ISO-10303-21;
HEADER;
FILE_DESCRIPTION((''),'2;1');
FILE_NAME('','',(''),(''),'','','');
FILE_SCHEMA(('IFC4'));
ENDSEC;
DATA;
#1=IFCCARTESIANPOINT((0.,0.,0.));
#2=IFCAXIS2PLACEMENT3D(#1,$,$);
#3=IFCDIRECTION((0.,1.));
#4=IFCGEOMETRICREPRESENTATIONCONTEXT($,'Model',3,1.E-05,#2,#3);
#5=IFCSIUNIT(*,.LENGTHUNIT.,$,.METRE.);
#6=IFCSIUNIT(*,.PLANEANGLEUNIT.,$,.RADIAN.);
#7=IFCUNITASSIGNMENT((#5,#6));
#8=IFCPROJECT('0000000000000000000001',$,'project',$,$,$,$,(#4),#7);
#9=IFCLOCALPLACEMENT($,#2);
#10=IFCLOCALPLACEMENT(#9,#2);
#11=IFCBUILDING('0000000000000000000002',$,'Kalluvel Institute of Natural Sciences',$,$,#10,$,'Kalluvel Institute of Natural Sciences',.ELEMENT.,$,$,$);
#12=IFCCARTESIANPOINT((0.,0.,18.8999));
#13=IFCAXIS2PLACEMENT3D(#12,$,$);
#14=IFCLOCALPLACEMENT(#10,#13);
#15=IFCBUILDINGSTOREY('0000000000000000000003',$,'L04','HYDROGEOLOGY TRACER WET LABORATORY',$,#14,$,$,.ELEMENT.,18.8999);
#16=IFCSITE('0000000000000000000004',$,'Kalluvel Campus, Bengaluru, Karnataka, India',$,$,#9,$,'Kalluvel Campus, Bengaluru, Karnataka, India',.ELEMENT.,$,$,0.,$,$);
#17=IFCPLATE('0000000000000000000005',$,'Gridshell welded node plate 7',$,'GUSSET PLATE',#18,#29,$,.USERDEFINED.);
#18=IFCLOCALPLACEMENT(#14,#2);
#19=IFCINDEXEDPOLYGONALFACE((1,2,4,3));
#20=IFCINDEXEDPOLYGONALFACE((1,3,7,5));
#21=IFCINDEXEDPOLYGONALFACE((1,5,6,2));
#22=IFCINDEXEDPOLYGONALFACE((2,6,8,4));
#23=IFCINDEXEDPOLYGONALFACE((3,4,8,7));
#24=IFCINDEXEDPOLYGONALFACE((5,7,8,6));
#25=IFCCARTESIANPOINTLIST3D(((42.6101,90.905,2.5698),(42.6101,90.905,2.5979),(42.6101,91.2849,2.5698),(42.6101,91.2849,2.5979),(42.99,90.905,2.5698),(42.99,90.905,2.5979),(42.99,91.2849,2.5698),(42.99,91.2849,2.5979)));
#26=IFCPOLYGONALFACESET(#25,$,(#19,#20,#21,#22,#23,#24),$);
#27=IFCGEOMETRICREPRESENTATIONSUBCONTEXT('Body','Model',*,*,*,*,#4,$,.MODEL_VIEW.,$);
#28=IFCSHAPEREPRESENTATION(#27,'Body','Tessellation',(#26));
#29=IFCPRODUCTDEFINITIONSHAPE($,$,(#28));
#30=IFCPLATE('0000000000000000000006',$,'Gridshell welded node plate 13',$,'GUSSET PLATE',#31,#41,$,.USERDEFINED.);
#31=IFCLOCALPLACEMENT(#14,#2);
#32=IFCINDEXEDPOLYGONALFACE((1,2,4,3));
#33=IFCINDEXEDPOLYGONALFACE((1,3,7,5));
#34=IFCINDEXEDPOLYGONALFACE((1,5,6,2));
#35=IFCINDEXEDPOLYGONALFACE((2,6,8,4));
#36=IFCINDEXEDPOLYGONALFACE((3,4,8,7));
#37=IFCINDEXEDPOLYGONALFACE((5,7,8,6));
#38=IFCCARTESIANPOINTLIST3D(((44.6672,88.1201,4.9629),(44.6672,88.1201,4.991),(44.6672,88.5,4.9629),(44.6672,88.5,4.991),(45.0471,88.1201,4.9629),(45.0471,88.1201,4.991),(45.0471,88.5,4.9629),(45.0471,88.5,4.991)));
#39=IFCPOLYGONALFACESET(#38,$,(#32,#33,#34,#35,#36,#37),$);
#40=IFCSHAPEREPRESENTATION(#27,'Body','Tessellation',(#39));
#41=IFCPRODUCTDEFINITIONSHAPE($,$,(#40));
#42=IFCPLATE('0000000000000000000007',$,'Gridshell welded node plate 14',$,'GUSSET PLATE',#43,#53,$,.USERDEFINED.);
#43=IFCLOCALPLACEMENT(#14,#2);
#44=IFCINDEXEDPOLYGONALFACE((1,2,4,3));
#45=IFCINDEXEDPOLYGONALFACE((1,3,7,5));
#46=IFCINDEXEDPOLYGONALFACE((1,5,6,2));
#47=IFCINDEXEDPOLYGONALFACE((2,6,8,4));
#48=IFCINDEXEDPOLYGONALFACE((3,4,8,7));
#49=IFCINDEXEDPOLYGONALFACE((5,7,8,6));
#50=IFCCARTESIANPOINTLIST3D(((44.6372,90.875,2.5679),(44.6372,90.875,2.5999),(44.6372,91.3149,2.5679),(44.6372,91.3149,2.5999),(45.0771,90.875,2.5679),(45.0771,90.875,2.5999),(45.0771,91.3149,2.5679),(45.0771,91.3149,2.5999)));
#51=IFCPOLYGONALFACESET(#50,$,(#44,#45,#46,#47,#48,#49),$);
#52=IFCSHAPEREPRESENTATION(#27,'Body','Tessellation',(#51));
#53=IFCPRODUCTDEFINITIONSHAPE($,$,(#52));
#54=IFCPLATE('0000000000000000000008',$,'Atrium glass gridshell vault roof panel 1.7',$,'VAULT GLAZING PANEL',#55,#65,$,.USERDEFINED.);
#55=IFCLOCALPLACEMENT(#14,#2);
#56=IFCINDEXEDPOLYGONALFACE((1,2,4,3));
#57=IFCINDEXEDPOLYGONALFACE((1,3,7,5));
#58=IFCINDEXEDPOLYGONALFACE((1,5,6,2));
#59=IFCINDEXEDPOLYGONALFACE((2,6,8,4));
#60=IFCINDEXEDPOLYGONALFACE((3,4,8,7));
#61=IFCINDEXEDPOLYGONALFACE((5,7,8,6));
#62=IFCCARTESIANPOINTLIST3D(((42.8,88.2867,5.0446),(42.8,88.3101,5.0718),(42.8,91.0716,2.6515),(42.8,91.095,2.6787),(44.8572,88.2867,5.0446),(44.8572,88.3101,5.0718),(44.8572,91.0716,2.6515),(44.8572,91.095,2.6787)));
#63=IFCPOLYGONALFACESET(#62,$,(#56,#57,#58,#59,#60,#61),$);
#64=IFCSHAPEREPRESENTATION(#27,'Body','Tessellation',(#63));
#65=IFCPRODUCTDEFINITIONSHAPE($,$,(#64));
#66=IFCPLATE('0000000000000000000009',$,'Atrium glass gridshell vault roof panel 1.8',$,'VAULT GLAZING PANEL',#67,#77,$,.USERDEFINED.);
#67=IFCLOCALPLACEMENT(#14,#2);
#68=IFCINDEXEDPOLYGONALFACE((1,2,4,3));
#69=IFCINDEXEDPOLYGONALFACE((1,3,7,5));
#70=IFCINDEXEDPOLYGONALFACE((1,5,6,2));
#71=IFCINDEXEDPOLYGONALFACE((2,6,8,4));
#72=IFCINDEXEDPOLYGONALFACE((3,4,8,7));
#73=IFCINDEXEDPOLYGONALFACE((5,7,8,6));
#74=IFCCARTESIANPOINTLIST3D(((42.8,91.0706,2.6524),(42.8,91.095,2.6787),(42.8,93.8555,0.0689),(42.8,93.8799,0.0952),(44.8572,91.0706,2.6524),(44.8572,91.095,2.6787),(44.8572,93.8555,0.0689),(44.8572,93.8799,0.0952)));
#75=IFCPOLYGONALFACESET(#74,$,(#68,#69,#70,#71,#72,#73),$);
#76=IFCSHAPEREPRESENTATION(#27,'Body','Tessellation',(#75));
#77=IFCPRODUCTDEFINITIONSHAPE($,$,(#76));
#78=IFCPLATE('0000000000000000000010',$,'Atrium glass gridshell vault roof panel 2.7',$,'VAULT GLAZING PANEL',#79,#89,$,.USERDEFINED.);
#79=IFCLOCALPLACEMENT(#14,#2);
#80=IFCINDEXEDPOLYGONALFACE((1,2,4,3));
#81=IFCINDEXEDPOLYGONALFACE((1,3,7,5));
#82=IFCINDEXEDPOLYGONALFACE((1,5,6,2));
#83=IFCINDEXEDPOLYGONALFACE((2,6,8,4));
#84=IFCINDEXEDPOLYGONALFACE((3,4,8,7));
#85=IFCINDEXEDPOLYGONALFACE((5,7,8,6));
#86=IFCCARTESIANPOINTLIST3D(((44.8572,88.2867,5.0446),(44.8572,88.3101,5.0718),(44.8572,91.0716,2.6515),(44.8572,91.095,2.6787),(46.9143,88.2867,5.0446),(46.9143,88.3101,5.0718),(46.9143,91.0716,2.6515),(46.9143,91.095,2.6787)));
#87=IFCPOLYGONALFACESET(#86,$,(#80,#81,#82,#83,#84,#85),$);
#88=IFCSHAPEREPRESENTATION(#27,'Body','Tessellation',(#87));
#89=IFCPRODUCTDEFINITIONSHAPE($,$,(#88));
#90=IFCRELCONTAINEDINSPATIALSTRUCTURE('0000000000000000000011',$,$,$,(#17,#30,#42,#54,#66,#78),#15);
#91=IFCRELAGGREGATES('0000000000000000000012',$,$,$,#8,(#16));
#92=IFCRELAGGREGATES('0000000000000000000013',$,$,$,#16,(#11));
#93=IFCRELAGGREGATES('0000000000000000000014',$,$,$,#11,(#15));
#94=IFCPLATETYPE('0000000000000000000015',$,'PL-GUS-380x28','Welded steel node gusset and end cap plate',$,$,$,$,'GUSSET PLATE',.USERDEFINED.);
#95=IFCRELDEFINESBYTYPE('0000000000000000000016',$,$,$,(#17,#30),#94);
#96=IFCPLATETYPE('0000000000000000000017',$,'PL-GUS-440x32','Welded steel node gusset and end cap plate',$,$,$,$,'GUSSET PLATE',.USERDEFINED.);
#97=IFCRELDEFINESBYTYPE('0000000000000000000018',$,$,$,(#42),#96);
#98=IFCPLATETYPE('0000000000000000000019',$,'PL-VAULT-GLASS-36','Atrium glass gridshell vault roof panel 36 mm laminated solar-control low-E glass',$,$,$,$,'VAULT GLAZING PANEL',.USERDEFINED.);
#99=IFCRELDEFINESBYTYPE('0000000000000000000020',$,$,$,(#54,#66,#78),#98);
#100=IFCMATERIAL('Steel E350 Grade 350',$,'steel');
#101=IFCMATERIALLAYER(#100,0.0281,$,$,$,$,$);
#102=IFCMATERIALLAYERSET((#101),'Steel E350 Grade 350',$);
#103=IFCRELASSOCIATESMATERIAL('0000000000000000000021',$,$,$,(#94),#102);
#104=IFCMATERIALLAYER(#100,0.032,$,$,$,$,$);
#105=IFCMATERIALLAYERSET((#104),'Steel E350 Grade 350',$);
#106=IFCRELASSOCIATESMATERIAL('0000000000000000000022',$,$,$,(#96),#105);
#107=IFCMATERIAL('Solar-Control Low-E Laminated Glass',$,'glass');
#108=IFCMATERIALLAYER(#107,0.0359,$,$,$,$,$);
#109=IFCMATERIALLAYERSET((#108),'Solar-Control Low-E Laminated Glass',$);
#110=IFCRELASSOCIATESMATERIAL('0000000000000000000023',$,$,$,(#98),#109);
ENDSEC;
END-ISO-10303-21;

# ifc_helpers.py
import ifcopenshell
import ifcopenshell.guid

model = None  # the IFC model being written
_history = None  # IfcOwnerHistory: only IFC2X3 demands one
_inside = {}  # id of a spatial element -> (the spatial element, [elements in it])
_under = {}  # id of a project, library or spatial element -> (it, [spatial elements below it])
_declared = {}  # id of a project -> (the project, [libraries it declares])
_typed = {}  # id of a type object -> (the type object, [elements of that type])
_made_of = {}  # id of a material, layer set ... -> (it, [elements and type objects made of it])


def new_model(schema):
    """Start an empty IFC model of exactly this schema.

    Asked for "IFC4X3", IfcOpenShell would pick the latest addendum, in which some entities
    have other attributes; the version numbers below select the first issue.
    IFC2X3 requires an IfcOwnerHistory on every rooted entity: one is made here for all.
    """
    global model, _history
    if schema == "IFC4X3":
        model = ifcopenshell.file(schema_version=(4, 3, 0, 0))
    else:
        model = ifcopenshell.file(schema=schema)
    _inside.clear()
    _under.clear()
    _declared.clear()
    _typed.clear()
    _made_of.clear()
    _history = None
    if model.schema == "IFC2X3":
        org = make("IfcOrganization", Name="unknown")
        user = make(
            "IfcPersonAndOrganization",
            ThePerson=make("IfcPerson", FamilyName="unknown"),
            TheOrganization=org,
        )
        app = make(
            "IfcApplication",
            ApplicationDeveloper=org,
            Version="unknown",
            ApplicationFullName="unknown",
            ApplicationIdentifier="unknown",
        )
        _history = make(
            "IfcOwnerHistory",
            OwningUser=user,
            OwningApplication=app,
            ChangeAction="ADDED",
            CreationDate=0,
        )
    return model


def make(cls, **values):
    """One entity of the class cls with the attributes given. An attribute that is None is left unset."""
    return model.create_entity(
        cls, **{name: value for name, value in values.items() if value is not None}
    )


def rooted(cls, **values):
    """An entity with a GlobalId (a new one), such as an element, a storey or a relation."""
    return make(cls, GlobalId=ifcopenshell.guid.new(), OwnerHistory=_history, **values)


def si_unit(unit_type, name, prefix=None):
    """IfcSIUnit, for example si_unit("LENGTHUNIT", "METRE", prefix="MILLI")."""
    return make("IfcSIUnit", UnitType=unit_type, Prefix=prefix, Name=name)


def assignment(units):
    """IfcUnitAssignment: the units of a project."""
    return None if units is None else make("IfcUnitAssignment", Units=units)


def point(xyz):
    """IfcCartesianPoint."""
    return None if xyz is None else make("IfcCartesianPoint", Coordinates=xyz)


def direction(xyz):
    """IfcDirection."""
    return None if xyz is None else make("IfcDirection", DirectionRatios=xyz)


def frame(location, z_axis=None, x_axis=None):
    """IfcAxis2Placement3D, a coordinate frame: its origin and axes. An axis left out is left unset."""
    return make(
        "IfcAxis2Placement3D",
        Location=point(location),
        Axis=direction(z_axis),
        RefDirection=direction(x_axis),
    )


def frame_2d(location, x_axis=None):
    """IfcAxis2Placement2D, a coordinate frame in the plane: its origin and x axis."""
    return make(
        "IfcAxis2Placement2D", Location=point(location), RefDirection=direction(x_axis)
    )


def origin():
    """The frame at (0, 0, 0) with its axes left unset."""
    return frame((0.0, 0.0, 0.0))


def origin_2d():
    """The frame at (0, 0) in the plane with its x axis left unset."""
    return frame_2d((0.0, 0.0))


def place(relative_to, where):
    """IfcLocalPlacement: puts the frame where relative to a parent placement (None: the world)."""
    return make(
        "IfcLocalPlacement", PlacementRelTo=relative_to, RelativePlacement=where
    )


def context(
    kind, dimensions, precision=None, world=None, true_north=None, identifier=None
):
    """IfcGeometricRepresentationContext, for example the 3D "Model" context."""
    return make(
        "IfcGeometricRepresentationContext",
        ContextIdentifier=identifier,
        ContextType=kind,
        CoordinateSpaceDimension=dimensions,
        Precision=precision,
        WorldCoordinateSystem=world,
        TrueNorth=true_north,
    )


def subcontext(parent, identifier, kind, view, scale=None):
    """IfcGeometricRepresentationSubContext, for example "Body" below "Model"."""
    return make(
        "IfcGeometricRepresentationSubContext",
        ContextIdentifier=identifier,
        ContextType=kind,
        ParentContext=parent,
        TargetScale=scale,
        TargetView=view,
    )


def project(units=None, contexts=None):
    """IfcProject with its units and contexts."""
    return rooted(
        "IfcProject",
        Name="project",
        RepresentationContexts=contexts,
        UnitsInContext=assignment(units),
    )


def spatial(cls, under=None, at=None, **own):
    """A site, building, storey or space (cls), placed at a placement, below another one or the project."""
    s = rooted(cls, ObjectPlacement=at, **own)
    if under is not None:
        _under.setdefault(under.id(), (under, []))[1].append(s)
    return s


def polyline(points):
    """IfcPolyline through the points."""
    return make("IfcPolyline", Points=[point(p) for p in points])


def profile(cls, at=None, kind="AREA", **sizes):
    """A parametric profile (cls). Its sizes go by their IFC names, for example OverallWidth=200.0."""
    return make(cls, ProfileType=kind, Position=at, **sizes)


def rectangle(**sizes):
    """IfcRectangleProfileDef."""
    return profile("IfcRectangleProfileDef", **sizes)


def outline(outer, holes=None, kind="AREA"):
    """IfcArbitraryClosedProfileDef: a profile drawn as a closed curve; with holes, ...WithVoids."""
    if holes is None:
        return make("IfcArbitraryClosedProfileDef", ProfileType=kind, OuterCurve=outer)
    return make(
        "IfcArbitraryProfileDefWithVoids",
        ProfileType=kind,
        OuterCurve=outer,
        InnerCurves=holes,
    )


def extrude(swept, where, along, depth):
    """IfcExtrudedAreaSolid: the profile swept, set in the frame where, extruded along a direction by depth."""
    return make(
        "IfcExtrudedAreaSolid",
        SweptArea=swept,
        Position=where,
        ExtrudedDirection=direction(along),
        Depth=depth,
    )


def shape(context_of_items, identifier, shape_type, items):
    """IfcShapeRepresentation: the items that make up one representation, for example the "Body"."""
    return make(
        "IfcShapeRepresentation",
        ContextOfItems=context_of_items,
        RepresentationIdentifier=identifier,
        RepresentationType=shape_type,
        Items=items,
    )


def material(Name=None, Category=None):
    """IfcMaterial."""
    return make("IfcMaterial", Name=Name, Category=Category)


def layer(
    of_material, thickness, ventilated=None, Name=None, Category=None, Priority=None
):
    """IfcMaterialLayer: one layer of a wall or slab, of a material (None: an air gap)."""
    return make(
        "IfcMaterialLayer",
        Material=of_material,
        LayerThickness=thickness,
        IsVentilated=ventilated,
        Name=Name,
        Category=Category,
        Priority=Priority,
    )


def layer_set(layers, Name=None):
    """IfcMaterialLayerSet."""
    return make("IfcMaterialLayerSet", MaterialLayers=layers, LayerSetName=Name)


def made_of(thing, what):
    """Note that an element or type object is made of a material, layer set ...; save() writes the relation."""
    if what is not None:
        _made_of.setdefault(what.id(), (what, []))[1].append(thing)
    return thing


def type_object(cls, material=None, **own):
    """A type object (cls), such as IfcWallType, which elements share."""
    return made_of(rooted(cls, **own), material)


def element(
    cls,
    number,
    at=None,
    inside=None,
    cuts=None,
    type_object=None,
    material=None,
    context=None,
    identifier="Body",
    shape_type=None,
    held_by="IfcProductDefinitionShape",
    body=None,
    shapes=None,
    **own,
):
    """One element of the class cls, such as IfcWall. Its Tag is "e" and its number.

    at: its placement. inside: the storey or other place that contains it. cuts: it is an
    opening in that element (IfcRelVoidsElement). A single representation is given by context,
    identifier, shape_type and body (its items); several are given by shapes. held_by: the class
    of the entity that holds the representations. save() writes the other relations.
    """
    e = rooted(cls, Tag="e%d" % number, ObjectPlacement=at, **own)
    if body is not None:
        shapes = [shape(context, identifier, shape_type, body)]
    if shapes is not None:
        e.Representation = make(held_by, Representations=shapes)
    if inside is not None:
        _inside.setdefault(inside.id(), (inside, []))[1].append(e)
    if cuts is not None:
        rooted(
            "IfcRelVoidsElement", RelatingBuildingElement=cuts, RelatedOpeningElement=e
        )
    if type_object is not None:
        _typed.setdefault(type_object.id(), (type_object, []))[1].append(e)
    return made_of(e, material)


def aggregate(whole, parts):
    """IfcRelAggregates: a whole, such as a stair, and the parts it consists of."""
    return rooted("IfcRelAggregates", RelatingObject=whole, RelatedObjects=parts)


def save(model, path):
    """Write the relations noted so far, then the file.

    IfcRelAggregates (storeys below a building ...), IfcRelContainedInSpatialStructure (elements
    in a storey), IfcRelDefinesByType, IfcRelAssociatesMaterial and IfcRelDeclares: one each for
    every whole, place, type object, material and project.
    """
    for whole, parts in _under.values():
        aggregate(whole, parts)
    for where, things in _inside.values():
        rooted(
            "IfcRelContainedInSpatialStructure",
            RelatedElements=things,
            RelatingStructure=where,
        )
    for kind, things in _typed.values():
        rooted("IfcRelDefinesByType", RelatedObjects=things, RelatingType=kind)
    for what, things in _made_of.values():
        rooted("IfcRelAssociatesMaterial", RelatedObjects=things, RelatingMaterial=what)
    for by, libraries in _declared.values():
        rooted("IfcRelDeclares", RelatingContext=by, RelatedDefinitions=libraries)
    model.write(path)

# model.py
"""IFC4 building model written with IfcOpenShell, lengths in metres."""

from ifc_helpers import new_model, si_unit, direction, frame, origin, origin_2d, place, context, subcontext, project, spatial, polyline, rectangle, outline, extrude, material, layer, layer_set, type_object, element, save


model = new_model("IFC4")

# Units and contexts
model_context = context("Model", 3, precision=1e-05, world=origin(), true_north=direction((0.0, 1.0)))
body_context = subcontext(model_context, "Body", "Model", "MODEL_VIEW")
ifc_project = project(units=[si_unit("LENGTHUNIT", "METRE"), si_unit("PLANEANGLEUNIT", "RADIAN")], contexts=[model_context])

# Site, building, storey
site_placement = place(None, origin())
site = spatial("IfcSite", under=ifc_project, at=site_placement, Name="Kalluvel Campus, Bengaluru, Karnataka, India", LongName="Kalluvel Campus, Bengaluru, Karnataka, India", CompositionType="ELEMENT", RefElevation=0.0)
building_placement = place(site_placement, origin())
building = spatial("IfcBuilding", under=site, at=building_placement, Name="Kalluvel Institute of Natural Sciences", LongName="Kalluvel Institute of Natural Sciences", CompositionType="ELEMENT")
storey_placement = place(building_placement, frame((0.0, 0.0, 18.8999)))
storey = spatial("IfcBuildingStorey", under=building, at=storey_placement, Name="L04", Description="HYDROGEOLOGY TRACER WET LABORATORY", CompositionType="ELEMENT", Elevation=18.8999)

# Shared definitions
ifc_material_1 = material(Name="Steel E350 Grade 350", Category="steel")

# Plates
ifc_layer_1 = layer(ifc_material_1, 0.0281)
ifc_layer_set_1 = layer_set([ifc_layer_1], Name="Steel E350 Grade 350")
plate_type_1 = type_object("IfcPlateType", Name="PL-GUS-380x28", Description="Welded steel node gusset and end cap plate", ElementType="GUSSET PLATE", PredefinedType="USERDEFINED", material=ifc_layer_set_1)
for number, where, z_axis, x_axis, name in (
    (1, (42.8, 91.095, 2.5698), (0.0, 0.0, 1.0), (1.0, 0.0, 0.0), "Gridshell welded node plate 7"),
    (2, (44.8572, 88.3101, 4.9629), (0.0, 0.0, 1.0), (1.0, 0.0, 0.0), "Gridshell welded node plate 13"),
):
    element("IfcPlate", number, at=place(storey_placement, frame(where, z_axis=z_axis, x_axis=x_axis)), inside=storey, type_object=plate_type_1, Name=name, ObjectType="GUSSET PLATE", PredefinedType="USERDEFINED", context=body_context, shape_type="SweptSolid", body=[
        extrude(rectangle(XDim=0.3799, YDim=0.3799, at=origin_2d()), origin(), (0.0, 0.0, 1.0), 0.0281),
    ])
ifc_layer_2 = layer(ifc_material_1, 0.032)
ifc_layer_set_2 = layer_set([ifc_layer_2], Name="Steel E350 Grade 350")
plate_type_2 = type_object("IfcPlateType", Name="PL-GUS-440x32", Description="Welded steel node gusset and end cap plate", ElementType="GUSSET PLATE", PredefinedType="USERDEFINED", material=ifc_layer_set_2)
plate_1_placement = place(storey_placement, frame((44.8572, 91.095, 2.5679), z_axis=(0.0, 0.0, 1.0), x_axis=(1.0, 0.0, 0.0)))
element("IfcPlate", 3, at=plate_1_placement, inside=storey, type_object=plate_type_2, Name="Gridshell welded node plate 14", ObjectType="GUSSET PLATE", PredefinedType="USERDEFINED", context=body_context, shape_type="SweptSolid", body=[
    extrude(rectangle(XDim=0.4399, YDim=0.4399, at=origin_2d()), origin(), (0.0, 0.0, 1.0), 0.032),
])
ifc_material_2 = material(Name="Solar-Control Low-E Laminated Glass", Category="glass")
ifc_layer_3 = layer(ifc_material_2, 0.0359)
ifc_layer_set_3 = layer_set([ifc_layer_3], Name="Solar-Control Low-E Laminated Glass")
plate_type_3 = type_object("IfcPlateType", Name="PL-VAULT-GLASS-36", Description="Atrium glass gridshell vault roof panel 36 mm laminated solar-control low-E glass", ElementType="VAULT GLAZING PANEL", PredefinedType="USERDEFINED", material=ifc_layer_set_3)
plate_2_placement = place(storey_placement, frame((42.8, 88.3101, 5.0718), z_axis=(0.0, 0.651733, 0.758449), x_axis=(1.0, 0.0, 0.0)))
element("IfcPlate", 4, at=plate_2_placement, inside=storey, type_object=plate_type_3, Name="Atrium glass gridshell vault roof panel 1.7", ObjectType="VAULT GLAZING PANEL", PredefinedType="USERDEFINED", context=body_context, shape_type="SweptSolid", body=[
    extrude(outline(polyline([(0.0, 0.0), (2.0571, 0.0), (2.0571, 3.6719), (0.0, 3.6719), (0.0, 0.0)])), origin(), (0.0, 0.0, -1.0), 0.0359),
])
plate_3_placement = place(storey_placement, frame((42.8, 91.095, 2.6787), z_axis=(0.0, 0.680099, 0.733121), x_axis=(1.0, 0.0, 0.0)))
element("IfcPlate", 5, at=plate_3_placement, inside=storey, type_object=plate_type_3, Name="Atrium glass gridshell vault roof panel 1.8", ObjectType="VAULT GLAZING PANEL", PredefinedType="USERDEFINED", context=body_context, shape_type="SweptSolid", body=[
    extrude(outline(polyline([(0.0, 0.0), (2.0571, 0.0), (2.0571, 3.7987), (0.0, 3.7987), (0.0, 0.0)])), origin(), (0.0, 0.0, -1.0), 0.0359),
])
plate_4_placement = place(storey_placement, frame((44.8572, 88.3101, 5.0718), z_axis=(0.0, 0.651733, 0.758449), x_axis=(1.0, 0.0, 0.0)))
element("IfcPlate", 6, at=plate_4_placement, inside=storey, type_object=plate_type_3, Name="Atrium glass gridshell vault roof panel 2.7", ObjectType="VAULT GLAZING PANEL", PredefinedType="USERDEFINED", context=body_context, shape_type="SweptSolid", body=[
    extrude(outline(polyline([(0.0, 0.0), (2.0571, 0.0), (2.0571, 3.6719), (0.0, 3.6719), (0.0, 0.0)])), origin(), (0.0, 0.0, -1.0), 0.0359),
])

save(model, "model.ifc")
